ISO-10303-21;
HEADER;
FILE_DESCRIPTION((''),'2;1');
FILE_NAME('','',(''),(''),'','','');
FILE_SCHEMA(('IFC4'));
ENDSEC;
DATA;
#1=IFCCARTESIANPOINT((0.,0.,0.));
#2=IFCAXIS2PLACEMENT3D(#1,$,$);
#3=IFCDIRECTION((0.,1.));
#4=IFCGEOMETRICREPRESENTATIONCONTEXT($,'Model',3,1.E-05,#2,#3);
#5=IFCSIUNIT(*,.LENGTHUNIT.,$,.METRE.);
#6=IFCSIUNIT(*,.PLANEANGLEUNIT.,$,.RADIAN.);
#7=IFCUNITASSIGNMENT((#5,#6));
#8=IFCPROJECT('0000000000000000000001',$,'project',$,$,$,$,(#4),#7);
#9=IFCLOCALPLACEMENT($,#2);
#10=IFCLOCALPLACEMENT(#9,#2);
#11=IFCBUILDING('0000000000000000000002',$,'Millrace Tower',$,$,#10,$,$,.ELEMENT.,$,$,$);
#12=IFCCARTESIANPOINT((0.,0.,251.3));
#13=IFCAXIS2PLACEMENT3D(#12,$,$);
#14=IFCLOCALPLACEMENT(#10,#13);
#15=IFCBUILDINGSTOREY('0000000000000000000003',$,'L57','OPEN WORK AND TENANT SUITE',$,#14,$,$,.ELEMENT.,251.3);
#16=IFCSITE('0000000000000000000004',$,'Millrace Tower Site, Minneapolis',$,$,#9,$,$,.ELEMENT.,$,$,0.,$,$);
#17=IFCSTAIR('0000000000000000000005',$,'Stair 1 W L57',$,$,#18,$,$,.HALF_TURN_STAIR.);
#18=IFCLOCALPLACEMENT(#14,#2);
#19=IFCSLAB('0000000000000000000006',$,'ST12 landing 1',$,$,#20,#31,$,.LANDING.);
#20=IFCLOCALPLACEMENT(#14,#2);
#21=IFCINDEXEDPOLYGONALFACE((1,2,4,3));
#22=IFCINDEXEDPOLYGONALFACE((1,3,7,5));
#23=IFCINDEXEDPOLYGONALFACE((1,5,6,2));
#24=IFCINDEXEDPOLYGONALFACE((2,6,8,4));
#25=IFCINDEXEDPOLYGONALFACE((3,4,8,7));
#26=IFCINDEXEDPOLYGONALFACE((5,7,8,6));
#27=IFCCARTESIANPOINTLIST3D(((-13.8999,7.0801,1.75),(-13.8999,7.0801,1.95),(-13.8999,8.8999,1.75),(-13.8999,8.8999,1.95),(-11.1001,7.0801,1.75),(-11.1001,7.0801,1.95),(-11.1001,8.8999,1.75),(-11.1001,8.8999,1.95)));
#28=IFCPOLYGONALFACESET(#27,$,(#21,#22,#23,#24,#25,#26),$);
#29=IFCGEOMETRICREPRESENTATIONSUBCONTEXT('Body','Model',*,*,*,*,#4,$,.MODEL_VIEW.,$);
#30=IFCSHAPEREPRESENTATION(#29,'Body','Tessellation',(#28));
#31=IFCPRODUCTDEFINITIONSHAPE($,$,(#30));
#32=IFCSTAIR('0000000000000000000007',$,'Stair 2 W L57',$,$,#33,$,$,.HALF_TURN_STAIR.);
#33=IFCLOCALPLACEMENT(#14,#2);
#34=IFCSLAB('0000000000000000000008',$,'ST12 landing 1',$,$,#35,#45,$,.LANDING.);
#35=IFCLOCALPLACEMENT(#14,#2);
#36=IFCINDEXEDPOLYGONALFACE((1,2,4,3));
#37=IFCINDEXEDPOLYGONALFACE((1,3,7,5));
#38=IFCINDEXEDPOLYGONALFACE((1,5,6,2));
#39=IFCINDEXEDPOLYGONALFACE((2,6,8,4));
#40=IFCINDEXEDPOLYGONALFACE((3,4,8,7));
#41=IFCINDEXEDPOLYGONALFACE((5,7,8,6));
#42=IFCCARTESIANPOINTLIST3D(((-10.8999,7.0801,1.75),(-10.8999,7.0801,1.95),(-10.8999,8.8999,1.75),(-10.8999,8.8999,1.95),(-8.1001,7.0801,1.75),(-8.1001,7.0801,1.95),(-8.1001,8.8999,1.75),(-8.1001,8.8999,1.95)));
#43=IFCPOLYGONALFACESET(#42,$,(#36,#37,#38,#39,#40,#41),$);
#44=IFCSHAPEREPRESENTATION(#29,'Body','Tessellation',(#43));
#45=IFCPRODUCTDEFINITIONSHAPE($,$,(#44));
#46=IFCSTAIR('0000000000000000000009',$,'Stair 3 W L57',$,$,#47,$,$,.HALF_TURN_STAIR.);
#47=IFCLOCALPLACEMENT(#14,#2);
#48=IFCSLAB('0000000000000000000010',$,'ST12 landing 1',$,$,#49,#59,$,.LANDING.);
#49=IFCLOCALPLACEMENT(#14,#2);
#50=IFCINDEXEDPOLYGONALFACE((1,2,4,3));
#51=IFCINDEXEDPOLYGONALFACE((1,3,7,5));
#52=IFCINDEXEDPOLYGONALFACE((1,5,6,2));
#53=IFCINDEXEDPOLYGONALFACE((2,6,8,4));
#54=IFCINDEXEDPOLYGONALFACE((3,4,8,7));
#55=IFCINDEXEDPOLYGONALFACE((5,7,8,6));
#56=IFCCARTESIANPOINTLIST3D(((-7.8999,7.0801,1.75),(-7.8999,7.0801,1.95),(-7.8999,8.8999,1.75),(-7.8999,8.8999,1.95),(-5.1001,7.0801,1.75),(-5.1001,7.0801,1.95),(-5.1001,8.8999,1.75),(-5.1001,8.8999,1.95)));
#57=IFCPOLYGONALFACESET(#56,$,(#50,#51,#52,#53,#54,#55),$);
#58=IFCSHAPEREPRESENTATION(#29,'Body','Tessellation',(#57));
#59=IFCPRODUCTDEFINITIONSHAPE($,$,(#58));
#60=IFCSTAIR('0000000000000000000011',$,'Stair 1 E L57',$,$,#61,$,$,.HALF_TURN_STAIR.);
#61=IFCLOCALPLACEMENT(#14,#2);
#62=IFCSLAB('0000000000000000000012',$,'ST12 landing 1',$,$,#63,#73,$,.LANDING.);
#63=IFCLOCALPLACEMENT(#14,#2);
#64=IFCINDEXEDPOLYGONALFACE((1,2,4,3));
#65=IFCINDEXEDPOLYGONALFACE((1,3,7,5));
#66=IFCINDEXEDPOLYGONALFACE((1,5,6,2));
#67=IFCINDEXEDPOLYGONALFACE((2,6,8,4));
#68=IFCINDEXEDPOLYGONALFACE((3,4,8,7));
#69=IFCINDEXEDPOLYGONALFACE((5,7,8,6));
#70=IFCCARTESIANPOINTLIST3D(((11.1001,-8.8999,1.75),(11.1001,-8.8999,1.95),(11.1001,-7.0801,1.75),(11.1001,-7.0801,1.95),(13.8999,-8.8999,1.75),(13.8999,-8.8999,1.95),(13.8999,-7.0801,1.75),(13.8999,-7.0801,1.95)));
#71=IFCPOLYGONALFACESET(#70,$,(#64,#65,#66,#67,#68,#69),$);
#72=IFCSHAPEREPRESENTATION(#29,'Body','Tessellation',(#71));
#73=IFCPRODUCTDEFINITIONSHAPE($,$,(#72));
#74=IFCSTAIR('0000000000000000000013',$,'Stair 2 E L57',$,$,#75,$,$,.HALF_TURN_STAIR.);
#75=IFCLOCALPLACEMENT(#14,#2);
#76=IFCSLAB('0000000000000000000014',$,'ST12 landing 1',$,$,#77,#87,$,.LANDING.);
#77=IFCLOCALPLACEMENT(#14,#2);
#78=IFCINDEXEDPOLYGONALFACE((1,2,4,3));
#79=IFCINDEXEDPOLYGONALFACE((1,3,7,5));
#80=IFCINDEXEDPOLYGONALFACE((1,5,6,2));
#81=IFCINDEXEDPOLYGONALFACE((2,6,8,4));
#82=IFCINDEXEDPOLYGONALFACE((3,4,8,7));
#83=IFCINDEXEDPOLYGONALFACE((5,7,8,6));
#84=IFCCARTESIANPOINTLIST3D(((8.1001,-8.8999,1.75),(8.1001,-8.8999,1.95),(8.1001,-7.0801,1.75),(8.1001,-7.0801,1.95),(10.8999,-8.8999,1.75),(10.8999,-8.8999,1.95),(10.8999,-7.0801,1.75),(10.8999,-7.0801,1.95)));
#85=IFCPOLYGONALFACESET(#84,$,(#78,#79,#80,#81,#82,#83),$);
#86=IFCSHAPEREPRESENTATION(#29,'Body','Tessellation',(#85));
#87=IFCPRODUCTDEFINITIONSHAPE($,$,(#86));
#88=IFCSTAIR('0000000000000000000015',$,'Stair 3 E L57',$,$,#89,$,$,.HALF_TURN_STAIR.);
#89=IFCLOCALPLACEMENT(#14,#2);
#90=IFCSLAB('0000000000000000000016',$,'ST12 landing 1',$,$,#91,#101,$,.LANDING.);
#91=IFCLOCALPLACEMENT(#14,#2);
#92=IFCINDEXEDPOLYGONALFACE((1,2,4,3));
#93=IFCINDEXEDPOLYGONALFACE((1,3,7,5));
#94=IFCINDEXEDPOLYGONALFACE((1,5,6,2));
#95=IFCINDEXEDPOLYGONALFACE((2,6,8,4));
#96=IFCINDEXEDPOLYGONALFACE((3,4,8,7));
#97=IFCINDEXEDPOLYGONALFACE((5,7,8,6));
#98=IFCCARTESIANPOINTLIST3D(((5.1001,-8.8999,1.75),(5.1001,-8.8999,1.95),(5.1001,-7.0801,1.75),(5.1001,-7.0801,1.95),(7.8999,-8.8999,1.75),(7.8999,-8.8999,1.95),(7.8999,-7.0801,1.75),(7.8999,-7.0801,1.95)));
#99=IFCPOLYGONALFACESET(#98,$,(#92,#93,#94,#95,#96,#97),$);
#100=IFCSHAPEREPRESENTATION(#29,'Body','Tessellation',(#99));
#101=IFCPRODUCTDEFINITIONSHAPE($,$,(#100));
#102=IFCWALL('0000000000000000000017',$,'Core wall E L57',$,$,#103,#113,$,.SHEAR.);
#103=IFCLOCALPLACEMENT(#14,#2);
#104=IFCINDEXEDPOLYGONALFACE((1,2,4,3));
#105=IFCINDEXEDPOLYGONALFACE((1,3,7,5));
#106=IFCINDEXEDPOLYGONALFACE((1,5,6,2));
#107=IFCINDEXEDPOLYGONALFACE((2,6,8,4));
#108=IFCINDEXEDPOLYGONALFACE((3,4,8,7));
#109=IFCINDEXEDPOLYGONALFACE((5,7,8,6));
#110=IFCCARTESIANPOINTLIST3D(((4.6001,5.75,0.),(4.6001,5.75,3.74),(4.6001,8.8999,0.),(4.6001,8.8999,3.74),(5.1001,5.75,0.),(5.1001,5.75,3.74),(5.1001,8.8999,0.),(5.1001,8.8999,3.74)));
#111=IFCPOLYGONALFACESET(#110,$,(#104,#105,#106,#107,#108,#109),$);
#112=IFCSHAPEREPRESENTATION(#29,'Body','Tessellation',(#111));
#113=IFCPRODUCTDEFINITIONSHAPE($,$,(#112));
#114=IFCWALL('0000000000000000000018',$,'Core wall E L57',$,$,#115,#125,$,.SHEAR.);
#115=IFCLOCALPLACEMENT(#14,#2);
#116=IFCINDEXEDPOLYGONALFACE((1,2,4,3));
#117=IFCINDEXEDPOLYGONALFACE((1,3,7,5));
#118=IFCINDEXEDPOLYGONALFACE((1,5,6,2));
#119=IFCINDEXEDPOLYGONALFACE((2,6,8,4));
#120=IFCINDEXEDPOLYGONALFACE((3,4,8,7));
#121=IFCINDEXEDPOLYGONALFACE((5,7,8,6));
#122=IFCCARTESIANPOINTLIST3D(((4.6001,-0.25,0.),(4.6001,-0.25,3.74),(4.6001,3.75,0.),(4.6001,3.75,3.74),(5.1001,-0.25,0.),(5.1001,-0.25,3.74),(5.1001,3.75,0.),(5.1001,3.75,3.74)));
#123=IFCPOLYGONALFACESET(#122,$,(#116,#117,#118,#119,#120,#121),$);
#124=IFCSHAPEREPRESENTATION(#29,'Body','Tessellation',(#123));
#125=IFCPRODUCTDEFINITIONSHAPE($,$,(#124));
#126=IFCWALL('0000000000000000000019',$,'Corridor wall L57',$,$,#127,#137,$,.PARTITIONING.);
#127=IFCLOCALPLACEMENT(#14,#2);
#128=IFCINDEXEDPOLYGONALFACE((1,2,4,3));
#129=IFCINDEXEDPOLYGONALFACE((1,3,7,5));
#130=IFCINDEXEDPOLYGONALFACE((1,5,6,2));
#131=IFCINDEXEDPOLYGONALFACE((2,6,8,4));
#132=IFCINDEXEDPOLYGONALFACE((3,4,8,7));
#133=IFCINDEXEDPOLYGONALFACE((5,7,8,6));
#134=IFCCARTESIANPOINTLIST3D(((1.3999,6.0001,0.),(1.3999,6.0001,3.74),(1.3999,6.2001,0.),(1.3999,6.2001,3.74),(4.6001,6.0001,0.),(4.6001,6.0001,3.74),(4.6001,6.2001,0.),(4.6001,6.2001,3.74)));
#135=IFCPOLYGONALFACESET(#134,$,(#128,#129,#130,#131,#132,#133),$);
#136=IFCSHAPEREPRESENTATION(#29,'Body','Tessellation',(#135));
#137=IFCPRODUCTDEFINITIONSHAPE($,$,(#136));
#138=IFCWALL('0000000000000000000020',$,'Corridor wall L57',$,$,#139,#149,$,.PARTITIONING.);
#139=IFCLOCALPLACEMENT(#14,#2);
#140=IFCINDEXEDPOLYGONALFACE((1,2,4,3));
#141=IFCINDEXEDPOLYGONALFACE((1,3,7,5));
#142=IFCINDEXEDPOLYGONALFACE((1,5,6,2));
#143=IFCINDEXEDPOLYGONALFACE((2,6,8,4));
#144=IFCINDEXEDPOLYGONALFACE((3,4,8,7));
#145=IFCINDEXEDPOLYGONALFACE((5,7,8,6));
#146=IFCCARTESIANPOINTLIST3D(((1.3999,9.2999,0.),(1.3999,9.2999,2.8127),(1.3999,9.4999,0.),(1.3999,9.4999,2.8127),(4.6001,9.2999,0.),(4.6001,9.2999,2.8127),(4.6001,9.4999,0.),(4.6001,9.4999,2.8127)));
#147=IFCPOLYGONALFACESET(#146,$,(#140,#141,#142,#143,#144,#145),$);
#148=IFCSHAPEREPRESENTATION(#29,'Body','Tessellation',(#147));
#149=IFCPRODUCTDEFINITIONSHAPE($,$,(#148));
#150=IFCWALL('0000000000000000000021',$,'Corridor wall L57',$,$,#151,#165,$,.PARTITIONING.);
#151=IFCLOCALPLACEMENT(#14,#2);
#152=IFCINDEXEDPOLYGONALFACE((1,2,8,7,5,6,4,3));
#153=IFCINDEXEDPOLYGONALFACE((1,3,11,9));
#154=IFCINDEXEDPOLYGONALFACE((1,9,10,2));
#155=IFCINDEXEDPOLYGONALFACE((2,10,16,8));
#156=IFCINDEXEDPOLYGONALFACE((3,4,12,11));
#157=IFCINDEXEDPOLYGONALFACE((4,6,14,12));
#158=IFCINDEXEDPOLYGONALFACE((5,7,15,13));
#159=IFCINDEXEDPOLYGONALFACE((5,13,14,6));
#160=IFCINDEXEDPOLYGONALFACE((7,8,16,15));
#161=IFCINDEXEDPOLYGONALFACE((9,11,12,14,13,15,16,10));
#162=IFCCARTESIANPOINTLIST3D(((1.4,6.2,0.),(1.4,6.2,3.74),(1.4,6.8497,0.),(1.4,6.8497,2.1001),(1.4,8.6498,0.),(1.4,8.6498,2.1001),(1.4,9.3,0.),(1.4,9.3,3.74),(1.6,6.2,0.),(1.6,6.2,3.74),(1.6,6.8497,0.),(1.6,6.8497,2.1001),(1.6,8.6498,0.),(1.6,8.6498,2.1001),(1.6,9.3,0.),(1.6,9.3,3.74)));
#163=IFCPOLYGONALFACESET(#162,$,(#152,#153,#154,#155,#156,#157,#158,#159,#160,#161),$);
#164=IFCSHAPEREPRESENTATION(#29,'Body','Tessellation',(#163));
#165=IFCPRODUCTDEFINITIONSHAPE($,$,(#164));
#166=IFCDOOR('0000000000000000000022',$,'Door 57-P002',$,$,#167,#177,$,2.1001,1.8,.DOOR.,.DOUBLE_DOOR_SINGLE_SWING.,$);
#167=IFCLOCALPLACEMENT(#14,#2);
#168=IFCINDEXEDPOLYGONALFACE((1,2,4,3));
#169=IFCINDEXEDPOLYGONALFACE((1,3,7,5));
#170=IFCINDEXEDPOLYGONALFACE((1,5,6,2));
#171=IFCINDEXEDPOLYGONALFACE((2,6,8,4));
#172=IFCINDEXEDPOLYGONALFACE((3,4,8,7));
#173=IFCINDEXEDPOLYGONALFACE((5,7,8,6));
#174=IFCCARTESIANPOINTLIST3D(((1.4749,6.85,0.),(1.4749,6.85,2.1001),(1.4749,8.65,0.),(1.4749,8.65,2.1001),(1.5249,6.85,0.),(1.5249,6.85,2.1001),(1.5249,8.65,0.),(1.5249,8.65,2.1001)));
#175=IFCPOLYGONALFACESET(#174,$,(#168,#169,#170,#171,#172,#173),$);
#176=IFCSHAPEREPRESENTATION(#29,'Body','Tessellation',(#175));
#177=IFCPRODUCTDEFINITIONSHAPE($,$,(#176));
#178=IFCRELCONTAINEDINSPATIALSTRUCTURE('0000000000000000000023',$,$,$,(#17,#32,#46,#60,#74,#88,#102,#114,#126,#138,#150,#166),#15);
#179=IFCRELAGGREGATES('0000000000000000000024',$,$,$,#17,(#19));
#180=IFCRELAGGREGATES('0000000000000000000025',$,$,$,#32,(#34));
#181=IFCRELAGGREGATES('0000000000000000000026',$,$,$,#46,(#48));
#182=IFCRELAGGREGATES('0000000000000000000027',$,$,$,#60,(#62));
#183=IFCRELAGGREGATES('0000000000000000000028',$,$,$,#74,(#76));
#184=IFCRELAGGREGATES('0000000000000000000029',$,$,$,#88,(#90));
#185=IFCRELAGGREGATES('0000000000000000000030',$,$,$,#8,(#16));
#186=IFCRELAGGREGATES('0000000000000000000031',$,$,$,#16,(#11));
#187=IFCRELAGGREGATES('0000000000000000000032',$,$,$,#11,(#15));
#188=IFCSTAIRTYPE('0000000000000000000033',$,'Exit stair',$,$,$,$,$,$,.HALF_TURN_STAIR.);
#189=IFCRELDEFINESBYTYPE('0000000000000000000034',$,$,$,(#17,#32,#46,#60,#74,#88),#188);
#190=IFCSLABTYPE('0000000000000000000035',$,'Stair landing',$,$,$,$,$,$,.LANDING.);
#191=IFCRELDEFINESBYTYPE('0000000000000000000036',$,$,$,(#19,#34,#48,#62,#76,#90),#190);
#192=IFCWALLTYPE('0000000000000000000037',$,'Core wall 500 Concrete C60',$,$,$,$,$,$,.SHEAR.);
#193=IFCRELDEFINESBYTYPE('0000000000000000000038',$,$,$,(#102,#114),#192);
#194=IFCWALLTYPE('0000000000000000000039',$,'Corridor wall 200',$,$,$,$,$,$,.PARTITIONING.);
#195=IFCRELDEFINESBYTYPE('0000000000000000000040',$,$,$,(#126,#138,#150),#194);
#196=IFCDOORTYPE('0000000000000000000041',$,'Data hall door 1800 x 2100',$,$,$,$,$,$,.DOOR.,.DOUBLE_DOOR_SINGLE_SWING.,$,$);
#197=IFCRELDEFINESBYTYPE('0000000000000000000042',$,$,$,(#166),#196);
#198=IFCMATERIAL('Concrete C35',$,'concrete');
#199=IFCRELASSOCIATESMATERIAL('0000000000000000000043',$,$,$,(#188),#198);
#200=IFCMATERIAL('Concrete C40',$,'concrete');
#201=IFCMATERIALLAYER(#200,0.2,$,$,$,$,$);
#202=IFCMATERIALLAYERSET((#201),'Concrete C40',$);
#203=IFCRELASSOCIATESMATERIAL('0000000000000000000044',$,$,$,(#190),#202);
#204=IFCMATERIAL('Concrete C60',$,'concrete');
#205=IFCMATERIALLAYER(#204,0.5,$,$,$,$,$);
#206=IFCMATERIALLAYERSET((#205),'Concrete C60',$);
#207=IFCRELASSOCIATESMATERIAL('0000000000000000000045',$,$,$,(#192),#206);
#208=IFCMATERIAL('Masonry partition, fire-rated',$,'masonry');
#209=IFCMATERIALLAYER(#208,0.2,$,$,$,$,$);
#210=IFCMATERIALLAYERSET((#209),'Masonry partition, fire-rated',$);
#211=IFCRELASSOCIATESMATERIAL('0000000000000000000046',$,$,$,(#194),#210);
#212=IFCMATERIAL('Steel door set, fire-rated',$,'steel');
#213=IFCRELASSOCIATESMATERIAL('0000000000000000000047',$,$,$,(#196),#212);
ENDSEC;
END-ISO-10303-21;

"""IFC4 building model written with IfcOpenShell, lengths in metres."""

from ifc_helpers import new_model, si_unit, direction, frame, frame_2d, origin, place, context, subcontext, project, spatial, polyline, rectangle, outline, extrude, material, layer, layer_set, type_object, element, fill, aggregate, save


model = new_model("IFC4")

# Units and contexts
model_context = context("Model", 3, precision=1e-05, world=origin(), true_north=direction((0.0, 1.0)))
body_context = subcontext(model_context, "Body", "Model", "MODEL_VIEW")
ifc_project = project(units=[si_unit("LENGTHUNIT", "METRE"), si_unit("PLANEANGLEUNIT", "RADIAN")], contexts=[model_context])

# Site, building, storey
site_placement = place(None, origin())
site = spatial("IfcSite", under=ifc_project, at=site_placement, Name="Millrace Tower Site, Minneapolis", CompositionType="ELEMENT", RefElevation=0.0)
building_placement = place(site_placement, origin())
building = spatial("IfcBuilding", under=site, at=building_placement, Name="Millrace Tower", CompositionType="ELEMENT")
storey_placement = place(building_placement, frame((0.0, 0.0, 251.3)))
storey = spatial("IfcBuildingStorey", under=building, at=storey_placement, Name="L57", Description="OPEN WORK AND TENANT SUITE", CompositionType="ELEMENT", Elevation=251.3)

# Shared definitions
placement_1 = place(storey_placement, origin())

# Stairs, slabs
ifc_material_1 = material(Name="Concrete C35", Category="concrete")
stair_type = type_object("IfcStairType", Name="Exit stair", PredefinedType="HALF_TURN_STAIR", material=ifc_material_1)
stair_1 = element("IfcStair", 1, at=placement_1, inside=storey, type_object=stair_type, Name="Stair 1 W L57", PredefinedType="HALF_TURN_STAIR")
ifc_material_2 = material(Name="Concrete C40", Category="concrete")
ifc_layer_1 = layer(ifc_material_2, 0.2)
ifc_layer_set_1 = layer_set([ifc_layer_1], Name="Concrete C40")
slab_type = type_object("IfcSlabType", Name="Stair landing", PredefinedType="LANDING", material=ifc_layer_set_1)
placement_2 = place(storey_placement, frame((0.0, 0.0, 1.75)))
slab_1 = element("IfcSlab", 2, at=placement_2, type_object=slab_type, Name="ST12 landing 1", PredefinedType="LANDING", context=body_context, shape_type="SweptSolid", body=[
    extrude(outline(polyline([(-13.8999, 7.0801), (-11.1001, 7.0801), (-11.1001, 8.8999), (-13.8999, 8.8999), (-13.8999, 7.0801)])), origin(), (0.0, 0.0, 1.0), 0.2),
])
aggregate(stair_1, [slab_1])
stair_2 = element("IfcStair", 3, at=placement_1, inside=storey, type_object=stair_type, Name="Stair 2 W L57", PredefinedType="HALF_TURN_STAIR")
slab_2 = element("IfcSlab", 4, at=placement_2, type_object=slab_type, Name="ST12 landing 1", PredefinedType="LANDING", context=body_context, shape_type="SweptSolid", body=[
    extrude(outline(polyline([(-10.8999, 7.0801), (-8.1001, 7.0801), (-8.1001, 8.8999), (-10.8999, 8.8999), (-10.8999, 7.0801)])), origin(), (0.0, 0.0, 1.0), 0.2),
])
aggregate(stair_2, [slab_2])
stair_3 = element("IfcStair", 5, at=placement_1, inside=storey, type_object=stair_type, Name="Stair 3 W L57", PredefinedType="HALF_TURN_STAIR")
slab_3 = element("IfcSlab", 6, at=placement_2, type_object=slab_type, Name="ST12 landing 1", PredefinedType="LANDING", context=body_context, shape_type="SweptSolid", body=[
    extrude(outline(polyline([(-7.8999, 7.0801), (-5.1001, 7.0801), (-5.1001, 8.8999), (-7.8999, 8.8999), (-7.8999, 7.0801)])), origin(), (0.0, 0.0, 1.0), 0.2),
])
aggregate(stair_3, [slab_3])
stair_4 = element("IfcStair", 7, at=placement_1, inside=storey, type_object=stair_type, Name="Stair 1 E L57", PredefinedType="HALF_TURN_STAIR")
slab_4 = element("IfcSlab", 8, at=placement_2, type_object=slab_type, Name="ST12 landing 1", PredefinedType="LANDING", context=body_context, shape_type="SweptSolid", body=[
    extrude(outline(polyline([(11.1001, -8.8999), (13.8999, -8.8999), (13.8999, -7.0801), (11.1001, -7.0801), (11.1001, -8.8999)])), origin(), (0.0, 0.0, 1.0), 0.2),
])
aggregate(stair_4, [slab_4])
stair_5 = element("IfcStair", 9, at=placement_1, inside=storey, type_object=stair_type, Name="Stair 2 E L57", PredefinedType="HALF_TURN_STAIR")
slab_5 = element("IfcSlab", 10, at=placement_2, type_object=slab_type, Name="ST12 landing 1", PredefinedType="LANDING", context=body_context, shape_type="SweptSolid", body=[
    extrude(outline(polyline([(8.1001, -8.8999), (10.8999, -8.8999), (10.8999, -7.0801), (8.1001, -7.0801), (8.1001, -8.8999)])), origin(), (0.0, 0.0, 1.0), 0.2),
])
aggregate(stair_5, [slab_5])
stair_6 = element("IfcStair", 11, at=placement_1, inside=storey, type_object=stair_type, Name="Stair 3 E L57", PredefinedType="HALF_TURN_STAIR")
slab_6 = element("IfcSlab", 12, at=placement_2, type_object=slab_type, Name="ST12 landing 1", PredefinedType="LANDING", context=body_context, shape_type="SweptSolid", body=[
    extrude(outline(polyline([(5.1001, -8.8999), (7.8999, -8.8999), (7.8999, -7.0801), (5.1001, -7.0801), (5.1001, -8.8999)])), origin(), (0.0, 0.0, 1.0), 0.2),
])
aggregate(stair_6, [slab_6])

# Walls
ifc_material_3 = material(Name="Concrete C60", Category="concrete")
ifc_layer_2 = layer(ifc_material_3, 0.5)
ifc_layer_set_2 = layer_set([ifc_layer_2], Name="Concrete C60")
wall_type_1 = type_object("IfcWallType", Name="Core wall 500 Concrete C60", PredefinedType="SHEAR", material=ifc_layer_set_2)
wall_1_placement = place(storey_placement, frame((4.8501, 8.8999, 0.0), z_axis=(0.0, 0.0, 1.0), x_axis=(0.0, -1.0, 0.0)))
element("IfcWall", 13, at=wall_1_placement, inside=storey, type_object=wall_type_1, Name="Core wall E L57", PredefinedType="SHEAR", context=body_context, shape_type="SweptSolid", body=[
    extrude(rectangle(XDim=3.1499, YDim=0.5, at=frame_2d((1.575, 0.0))), origin(), (0.0, 0.0, 1.0), 3.74),
])
wall_2_placement = place(storey_placement, frame((4.8501, 3.75, 0.0), z_axis=(0.0, 0.0, 1.0), x_axis=(0.0, -1.0, 0.0)))
element("IfcWall", 14, at=wall_2_placement, inside=storey, type_object=wall_type_1, Name="Core wall E L57", PredefinedType="SHEAR", context=body_context, shape_type="SweptSolid", body=[
    extrude(rectangle(XDim=4.0, YDim=0.5, at=frame_2d((2.0, 0.0))), origin(), (0.0, 0.0, 1.0), 3.74),
])
ifc_material_4 = material(Name="Masonry partition, fire-rated", Category="masonry")
ifc_layer_3 = layer(ifc_material_4, 0.2)
ifc_layer_set_3 = layer_set([ifc_layer_3], Name="Masonry partition, fire-rated")
wall_type_2 = type_object("IfcWallType", Name="Corridor wall 200", PredefinedType="PARTITIONING", material=ifc_layer_set_3)
wall_3_placement = place(storey_placement, frame((1.3999, 6.1001, 0.0), z_axis=(0.0, 0.0, 1.0), x_axis=(1.0, 0.0, 0.0)))
element("IfcWall", 15, at=wall_3_placement, inside=storey, type_object=wall_type_2, Name="Corridor wall L57", PredefinedType="PARTITIONING", context=body_context, shape_type="SweptSolid", body=[
    extrude(rectangle(XDim=3.2002, YDim=0.2, at=frame_2d((1.6001, 0.0))), origin(), (0.0, 0.0, 1.0), 3.74),
])
wall_4_placement = place(storey_placement, frame((1.3999, 9.3999, 0.0), z_axis=(0.0, 0.0, 1.0), x_axis=(1.0, 0.0, 0.0)))
element("IfcWall", 16, at=wall_4_placement, inside=storey, type_object=wall_type_2, Name="Corridor wall L57", PredefinedType="PARTITIONING", context=body_context, shape_type="SweptSolid", body=[
    extrude(rectangle(XDim=3.2002, YDim=0.2, at=frame_2d((1.6001, 0.0))), origin(), (0.0, 0.0, 1.0), 2.8127),
])

# Wall, opening, door
wall_5_placement = place(storey_placement, frame((1.5, 6.2, 0.0), z_axis=(0.0, 0.0, 1.0), x_axis=(0.0, 1.0, 0.0)))
wall_5 = element("IfcWall", 17, at=wall_5_placement, inside=storey, type_object=wall_type_2, Name="Corridor wall L57", PredefinedType="PARTITIONING", context=body_context, shape_type="SweptSolid", body=[
    extrude(rectangle(XDim=3.1001, YDim=0.2, at=frame_2d((1.55, 0.0))), origin(), (0.0, 0.0, 1.0), 3.74),
])
opening_1_placement = place(wall_5_placement, frame((0.6499, 0.0, 0.0)))
opening_1 = element("IfcOpeningElement", 18, at=opening_1_placement, cuts=wall_5, PredefinedType="OPENING", context=body_context, shape_type="SweptSolid", body=[
    extrude(rectangle(XDim=1.8, YDim=2.1001, at=frame_2d((0.8999, 1.05))), frame((0.0, 0.1099, 0.0), z_axis=(0.0, -1.0, 0.0), x_axis=(1.0, 0.0, 0.0)), (0.0, 0.0, 1.0), 0.22),
])
ifc_material_5 = material(Name="Steel door set, fire-rated", Category="steel")
door_type_1 = type_object("IfcDoorType", Name="Data hall door 1800 x 2100", OperationType="DOUBLE_DOOR_SINGLE_SWING", PredefinedType="DOOR", material=ifc_material_5)
door_1_placement = place(opening_1_placement, frame((1.8, 0.0, 0.0), z_axis=(0.0, 0.0, 1.0), x_axis=(-1.0, 0.0, 0.0)))
door_1 = element("IfcDoor", 19, at=door_1_placement, inside=storey, type_object=door_type_1, Name="Door 57-P002", OperationType="DOUBLE_DOOR_SINGLE_SWING", OverallHeight=2.1001, OverallWidth=1.8, PredefinedType="DOOR", context=body_context, shape_type="SweptSolid", body=[
    extrude(rectangle(XDim=1.8, YDim=2.1001, at=frame_2d((0.8999, 1.05))), frame((0.0, 0.0249, 0.0), z_axis=(0.0, -1.0, 0.0), x_axis=(1.0, 0.0, 0.0)), (0.0, 0.0, 1.0), 0.05),
])
fill(opening_1, door_1)

save(model, "model.ifc")
